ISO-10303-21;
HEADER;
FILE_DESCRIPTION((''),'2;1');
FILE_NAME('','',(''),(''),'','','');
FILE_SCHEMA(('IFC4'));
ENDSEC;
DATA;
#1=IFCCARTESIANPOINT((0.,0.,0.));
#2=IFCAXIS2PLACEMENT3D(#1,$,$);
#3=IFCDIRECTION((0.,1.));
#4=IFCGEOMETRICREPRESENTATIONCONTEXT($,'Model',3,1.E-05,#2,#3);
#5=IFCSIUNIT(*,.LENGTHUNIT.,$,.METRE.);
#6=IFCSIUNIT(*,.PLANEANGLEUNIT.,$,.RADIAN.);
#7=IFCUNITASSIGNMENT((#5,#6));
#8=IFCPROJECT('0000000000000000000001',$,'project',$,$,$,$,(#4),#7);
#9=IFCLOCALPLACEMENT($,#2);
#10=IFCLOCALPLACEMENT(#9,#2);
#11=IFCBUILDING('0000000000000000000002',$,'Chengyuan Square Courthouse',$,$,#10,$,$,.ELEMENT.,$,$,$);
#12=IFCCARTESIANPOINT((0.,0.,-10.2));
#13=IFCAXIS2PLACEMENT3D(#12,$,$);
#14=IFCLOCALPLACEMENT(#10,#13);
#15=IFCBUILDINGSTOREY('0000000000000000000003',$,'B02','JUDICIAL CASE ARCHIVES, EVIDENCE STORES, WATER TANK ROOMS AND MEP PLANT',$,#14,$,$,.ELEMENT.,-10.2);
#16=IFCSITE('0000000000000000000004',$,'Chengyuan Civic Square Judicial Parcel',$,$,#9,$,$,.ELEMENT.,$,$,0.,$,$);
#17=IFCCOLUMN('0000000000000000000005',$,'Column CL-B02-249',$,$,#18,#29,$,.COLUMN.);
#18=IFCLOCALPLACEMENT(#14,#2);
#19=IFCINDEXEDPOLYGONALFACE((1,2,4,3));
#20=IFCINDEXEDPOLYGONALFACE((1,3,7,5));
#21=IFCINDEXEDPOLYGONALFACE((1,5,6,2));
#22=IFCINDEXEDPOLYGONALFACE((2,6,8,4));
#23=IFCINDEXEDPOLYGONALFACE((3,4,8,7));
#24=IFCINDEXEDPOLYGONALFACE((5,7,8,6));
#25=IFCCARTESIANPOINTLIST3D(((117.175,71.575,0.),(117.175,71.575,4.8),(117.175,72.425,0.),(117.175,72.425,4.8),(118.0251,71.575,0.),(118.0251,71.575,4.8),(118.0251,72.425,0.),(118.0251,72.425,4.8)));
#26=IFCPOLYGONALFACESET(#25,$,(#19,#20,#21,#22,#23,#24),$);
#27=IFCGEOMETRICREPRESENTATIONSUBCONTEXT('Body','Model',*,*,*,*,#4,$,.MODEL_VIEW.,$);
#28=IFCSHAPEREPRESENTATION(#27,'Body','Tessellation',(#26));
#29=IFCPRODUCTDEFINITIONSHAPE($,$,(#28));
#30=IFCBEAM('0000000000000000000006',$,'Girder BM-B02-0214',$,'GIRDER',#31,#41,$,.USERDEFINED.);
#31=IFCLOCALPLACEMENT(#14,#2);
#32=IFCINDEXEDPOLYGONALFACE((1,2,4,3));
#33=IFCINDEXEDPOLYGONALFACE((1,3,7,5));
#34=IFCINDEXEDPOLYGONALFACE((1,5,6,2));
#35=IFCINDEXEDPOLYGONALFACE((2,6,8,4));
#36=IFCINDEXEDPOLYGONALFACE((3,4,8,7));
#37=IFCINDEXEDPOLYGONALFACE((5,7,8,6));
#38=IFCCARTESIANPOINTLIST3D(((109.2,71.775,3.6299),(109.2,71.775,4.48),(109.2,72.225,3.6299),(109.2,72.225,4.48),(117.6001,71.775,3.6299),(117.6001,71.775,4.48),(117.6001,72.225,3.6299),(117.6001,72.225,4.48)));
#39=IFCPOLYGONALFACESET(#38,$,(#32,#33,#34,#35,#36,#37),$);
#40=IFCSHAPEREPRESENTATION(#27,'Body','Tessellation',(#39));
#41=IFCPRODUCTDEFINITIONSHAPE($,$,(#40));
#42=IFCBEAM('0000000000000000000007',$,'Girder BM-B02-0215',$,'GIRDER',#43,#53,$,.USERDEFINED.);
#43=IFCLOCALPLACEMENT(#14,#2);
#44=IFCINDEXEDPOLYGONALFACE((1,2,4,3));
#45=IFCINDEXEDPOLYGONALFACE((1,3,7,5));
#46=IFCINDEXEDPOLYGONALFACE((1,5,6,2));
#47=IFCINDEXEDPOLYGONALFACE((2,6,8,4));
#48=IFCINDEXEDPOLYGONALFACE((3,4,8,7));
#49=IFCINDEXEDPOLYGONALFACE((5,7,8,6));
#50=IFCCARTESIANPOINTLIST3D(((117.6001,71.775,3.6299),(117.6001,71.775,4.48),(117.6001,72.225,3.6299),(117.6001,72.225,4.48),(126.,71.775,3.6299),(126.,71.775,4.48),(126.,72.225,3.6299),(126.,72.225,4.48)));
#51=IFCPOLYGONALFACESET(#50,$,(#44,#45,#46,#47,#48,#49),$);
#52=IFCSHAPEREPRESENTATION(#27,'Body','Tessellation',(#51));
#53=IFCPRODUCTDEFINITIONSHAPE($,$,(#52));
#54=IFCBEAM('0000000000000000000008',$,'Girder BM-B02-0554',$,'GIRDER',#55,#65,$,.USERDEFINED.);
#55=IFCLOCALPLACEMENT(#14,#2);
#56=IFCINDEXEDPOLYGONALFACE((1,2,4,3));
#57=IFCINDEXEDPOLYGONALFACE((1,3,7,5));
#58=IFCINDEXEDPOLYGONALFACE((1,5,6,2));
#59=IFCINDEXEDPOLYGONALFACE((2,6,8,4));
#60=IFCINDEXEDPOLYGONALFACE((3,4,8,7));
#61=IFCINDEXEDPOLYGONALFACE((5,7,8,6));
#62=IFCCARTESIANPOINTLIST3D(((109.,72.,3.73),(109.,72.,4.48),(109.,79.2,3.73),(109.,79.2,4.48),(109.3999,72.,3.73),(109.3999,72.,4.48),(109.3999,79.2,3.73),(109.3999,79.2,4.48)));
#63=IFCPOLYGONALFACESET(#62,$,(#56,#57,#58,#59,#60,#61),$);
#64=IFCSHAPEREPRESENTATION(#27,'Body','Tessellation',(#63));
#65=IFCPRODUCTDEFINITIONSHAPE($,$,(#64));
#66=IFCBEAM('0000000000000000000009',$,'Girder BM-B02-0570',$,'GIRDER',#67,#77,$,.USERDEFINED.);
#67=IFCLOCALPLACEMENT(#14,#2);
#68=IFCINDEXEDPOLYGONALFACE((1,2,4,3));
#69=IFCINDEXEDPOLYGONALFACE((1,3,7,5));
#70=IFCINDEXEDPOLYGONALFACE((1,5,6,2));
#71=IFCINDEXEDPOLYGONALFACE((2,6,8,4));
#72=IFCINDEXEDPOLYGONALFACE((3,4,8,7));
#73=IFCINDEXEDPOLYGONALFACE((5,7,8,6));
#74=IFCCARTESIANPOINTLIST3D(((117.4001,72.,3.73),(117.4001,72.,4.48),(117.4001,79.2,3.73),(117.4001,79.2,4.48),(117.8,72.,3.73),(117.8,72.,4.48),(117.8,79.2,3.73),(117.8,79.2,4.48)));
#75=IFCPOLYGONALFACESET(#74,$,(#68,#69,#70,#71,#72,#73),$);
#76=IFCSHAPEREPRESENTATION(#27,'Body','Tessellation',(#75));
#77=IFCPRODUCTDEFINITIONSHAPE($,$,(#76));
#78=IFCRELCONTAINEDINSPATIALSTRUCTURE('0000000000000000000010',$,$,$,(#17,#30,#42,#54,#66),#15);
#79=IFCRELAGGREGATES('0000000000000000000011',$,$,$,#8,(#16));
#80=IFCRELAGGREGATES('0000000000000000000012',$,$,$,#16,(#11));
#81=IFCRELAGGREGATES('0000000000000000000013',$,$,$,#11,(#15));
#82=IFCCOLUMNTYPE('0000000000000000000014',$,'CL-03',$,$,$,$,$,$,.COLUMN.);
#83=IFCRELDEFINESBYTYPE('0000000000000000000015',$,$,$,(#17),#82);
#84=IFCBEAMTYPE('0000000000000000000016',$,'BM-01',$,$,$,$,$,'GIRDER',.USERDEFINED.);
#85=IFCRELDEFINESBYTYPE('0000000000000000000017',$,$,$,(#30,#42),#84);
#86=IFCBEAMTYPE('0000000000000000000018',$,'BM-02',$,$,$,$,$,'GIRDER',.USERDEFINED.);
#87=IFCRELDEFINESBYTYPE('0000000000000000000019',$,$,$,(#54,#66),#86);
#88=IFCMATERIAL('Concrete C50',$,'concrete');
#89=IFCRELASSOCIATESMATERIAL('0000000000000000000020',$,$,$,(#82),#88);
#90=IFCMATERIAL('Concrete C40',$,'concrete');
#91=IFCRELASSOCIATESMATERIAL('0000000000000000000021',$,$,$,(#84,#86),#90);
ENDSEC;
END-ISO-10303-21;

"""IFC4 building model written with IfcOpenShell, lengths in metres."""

from ifc_helpers import new_model, si_unit, direction, frame, origin, origin_2d, place, context, subcontext, project, spatial, rectangle, extrude, material, material_profile, profile_set, type_object, element, save


model = new_model("IFC4")

# Units and contexts
model_context = context("Model", 3, precision=1e-05, world=origin(), true_north=direction((0.0, 1.0)))
body_context = subcontext(model_context, "Body", "Model", "MODEL_VIEW")
ifc_project = project(units=[si_unit("LENGTHUNIT", "METRE"), si_unit("PLANEANGLEUNIT", "RADIAN")], contexts=[model_context])

# Site, building, storey
site_placement = place(None, origin())
site = spatial("IfcSite", under=ifc_project, at=site_placement, Name="Chengyuan Civic Square Judicial Parcel", CompositionType="ELEMENT", RefElevation=0.0)
building_placement = place(site_placement, origin())
building = spatial("IfcBuilding", under=site, at=building_placement, Name="Chengyuan Square Courthouse", CompositionType="ELEMENT")
storey_placement = place(building_placement, frame((0.0, 0.0, -10.2)))
storey = spatial("IfcBuildingStorey", under=building, at=storey_placement, Name="B02", Description="JUDICIAL CASE ARCHIVES, EVIDENCE STORES, WATER TANK ROOMS AND MEP PLANT", CompositionType="ELEMENT", Elevation=-10.2)

# Shared definitions
ifc_material_1 = material(Name="Concrete C40", Category="concrete")

# Column
ifc_material_2 = material(Name="Concrete C50", Category="concrete")
ifc_material_profile_1 = material_profile(ifc_material_2, rectangle(XDim=0.8501, YDim=0.8501, at=origin_2d()), Name="RC-COL-850x850")
ifc_profile_set_1 = profile_set([ifc_material_profile_1], Name="Concrete C50")
column_type = type_object("IfcColumnType", Name="CL-03", PredefinedType="COLUMN", material=ifc_profile_set_1)
for number, where, z_axis, x_axis, name in (
    (1, (117.6001, 72.0, 0.0), (0.0, 0.0, 1.0), (1.0, 0.0, 0.0), "Column CL-B02-249"),
):
    element("IfcColumn", number, at=place(storey_placement, frame(where, z_axis=z_axis, x_axis=x_axis)), inside=storey, type_object=column_type, Name=name, PredefinedType="COLUMN", context=body_context, shape_type="SweptSolid", body=[
        extrude(rectangle(XDim=0.8501, YDim=0.8501, at=origin_2d()), origin(), (0.0, 0.0, 1.0), 4.8),
    ])

# Beams
ifc_material_profile_2 = material_profile(ifc_material_1, rectangle(XDim=0.45, YDim=0.8501, at=origin_2d()), Name="RC-BM-450x850")
ifc_profile_set_2 = profile_set([ifc_material_profile_2], Name="Concrete C40")
beam_type_1 = type_object("IfcBeamType", Name="BM-01", ElementType="GIRDER", PredefinedType="USERDEFINED", material=ifc_profile_set_2)
beam_1_placement = place(storey_placement, frame((109.2, 72.0, 4.0549), z_axis=(1.0, 0.0, 0.0), x_axis=(0.0, 1.0, 0.0)))
element("IfcBeam", 2, at=beam_1_placement, inside=storey, type_object=beam_type_1, Name="Girder BM-B02-0214", ObjectType="GIRDER", PredefinedType="USERDEFINED", context=body_context, shape_type="SweptSolid", body=[
    extrude(rectangle(XDim=0.45, YDim=0.8501, at=origin_2d()), origin(), (0.0, 0.0, 1.0), 8.4001),
])
beam_2_placement = place(storey_placement, frame((117.6001, 72.0, 4.0549), z_axis=(1.0, 0.0, 0.0), x_axis=(0.0, 1.0, 0.0)))
element("IfcBeam", 3, at=beam_2_placement, inside=storey, type_object=beam_type_1, Name="Girder BM-B02-0215", ObjectType="GIRDER", PredefinedType="USERDEFINED", context=body_context, shape_type="SweptSolid", body=[
    extrude(rectangle(XDim=0.45, YDim=0.8501, at=origin_2d()), origin(), (0.0, 0.0, 1.0), 8.3999),
])
ifc_material_profile_3 = material_profile(ifc_material_1, rectangle(XDim=0.3999, YDim=0.75, at=origin_2d()), Name="RC-BM-400x750")
ifc_profile_set_3 = profile_set([ifc_material_profile_3], Name="Concrete C40")
beam_type_2 = type_object("IfcBeamType", Name="BM-02", ElementType="GIRDER", PredefinedType="USERDEFINED", material=ifc_profile_set_3)
for number, where, z_axis, x_axis, name in (
    (4, (109.2, 72.0, 4.105), (0.0, 1.0, 0.0), (-1.0, 0.0, 0.0), "Girder BM-B02-0554"),
    (5, (117.6001, 72.0, 4.105), (0.0, 1.0, 0.0), (-1.0, 0.0, 0.0), "Girder BM-B02-0570"),
):
    element("IfcBeam", number, at=place(storey_placement, frame(where, z_axis=z_axis, x_axis=x_axis)), inside=storey, type_object=beam_type_2, Name=name, ObjectType="GIRDER", PredefinedType="USERDEFINED", context=body_context, shape_type="SweptSolid", body=[
        extrude(rectangle(XDim=0.3999, YDim=0.75, at=origin_2d()), origin(), (0.0, 0.0, 1.0), 7.2),
    ])

save(model, "model.ifc")
